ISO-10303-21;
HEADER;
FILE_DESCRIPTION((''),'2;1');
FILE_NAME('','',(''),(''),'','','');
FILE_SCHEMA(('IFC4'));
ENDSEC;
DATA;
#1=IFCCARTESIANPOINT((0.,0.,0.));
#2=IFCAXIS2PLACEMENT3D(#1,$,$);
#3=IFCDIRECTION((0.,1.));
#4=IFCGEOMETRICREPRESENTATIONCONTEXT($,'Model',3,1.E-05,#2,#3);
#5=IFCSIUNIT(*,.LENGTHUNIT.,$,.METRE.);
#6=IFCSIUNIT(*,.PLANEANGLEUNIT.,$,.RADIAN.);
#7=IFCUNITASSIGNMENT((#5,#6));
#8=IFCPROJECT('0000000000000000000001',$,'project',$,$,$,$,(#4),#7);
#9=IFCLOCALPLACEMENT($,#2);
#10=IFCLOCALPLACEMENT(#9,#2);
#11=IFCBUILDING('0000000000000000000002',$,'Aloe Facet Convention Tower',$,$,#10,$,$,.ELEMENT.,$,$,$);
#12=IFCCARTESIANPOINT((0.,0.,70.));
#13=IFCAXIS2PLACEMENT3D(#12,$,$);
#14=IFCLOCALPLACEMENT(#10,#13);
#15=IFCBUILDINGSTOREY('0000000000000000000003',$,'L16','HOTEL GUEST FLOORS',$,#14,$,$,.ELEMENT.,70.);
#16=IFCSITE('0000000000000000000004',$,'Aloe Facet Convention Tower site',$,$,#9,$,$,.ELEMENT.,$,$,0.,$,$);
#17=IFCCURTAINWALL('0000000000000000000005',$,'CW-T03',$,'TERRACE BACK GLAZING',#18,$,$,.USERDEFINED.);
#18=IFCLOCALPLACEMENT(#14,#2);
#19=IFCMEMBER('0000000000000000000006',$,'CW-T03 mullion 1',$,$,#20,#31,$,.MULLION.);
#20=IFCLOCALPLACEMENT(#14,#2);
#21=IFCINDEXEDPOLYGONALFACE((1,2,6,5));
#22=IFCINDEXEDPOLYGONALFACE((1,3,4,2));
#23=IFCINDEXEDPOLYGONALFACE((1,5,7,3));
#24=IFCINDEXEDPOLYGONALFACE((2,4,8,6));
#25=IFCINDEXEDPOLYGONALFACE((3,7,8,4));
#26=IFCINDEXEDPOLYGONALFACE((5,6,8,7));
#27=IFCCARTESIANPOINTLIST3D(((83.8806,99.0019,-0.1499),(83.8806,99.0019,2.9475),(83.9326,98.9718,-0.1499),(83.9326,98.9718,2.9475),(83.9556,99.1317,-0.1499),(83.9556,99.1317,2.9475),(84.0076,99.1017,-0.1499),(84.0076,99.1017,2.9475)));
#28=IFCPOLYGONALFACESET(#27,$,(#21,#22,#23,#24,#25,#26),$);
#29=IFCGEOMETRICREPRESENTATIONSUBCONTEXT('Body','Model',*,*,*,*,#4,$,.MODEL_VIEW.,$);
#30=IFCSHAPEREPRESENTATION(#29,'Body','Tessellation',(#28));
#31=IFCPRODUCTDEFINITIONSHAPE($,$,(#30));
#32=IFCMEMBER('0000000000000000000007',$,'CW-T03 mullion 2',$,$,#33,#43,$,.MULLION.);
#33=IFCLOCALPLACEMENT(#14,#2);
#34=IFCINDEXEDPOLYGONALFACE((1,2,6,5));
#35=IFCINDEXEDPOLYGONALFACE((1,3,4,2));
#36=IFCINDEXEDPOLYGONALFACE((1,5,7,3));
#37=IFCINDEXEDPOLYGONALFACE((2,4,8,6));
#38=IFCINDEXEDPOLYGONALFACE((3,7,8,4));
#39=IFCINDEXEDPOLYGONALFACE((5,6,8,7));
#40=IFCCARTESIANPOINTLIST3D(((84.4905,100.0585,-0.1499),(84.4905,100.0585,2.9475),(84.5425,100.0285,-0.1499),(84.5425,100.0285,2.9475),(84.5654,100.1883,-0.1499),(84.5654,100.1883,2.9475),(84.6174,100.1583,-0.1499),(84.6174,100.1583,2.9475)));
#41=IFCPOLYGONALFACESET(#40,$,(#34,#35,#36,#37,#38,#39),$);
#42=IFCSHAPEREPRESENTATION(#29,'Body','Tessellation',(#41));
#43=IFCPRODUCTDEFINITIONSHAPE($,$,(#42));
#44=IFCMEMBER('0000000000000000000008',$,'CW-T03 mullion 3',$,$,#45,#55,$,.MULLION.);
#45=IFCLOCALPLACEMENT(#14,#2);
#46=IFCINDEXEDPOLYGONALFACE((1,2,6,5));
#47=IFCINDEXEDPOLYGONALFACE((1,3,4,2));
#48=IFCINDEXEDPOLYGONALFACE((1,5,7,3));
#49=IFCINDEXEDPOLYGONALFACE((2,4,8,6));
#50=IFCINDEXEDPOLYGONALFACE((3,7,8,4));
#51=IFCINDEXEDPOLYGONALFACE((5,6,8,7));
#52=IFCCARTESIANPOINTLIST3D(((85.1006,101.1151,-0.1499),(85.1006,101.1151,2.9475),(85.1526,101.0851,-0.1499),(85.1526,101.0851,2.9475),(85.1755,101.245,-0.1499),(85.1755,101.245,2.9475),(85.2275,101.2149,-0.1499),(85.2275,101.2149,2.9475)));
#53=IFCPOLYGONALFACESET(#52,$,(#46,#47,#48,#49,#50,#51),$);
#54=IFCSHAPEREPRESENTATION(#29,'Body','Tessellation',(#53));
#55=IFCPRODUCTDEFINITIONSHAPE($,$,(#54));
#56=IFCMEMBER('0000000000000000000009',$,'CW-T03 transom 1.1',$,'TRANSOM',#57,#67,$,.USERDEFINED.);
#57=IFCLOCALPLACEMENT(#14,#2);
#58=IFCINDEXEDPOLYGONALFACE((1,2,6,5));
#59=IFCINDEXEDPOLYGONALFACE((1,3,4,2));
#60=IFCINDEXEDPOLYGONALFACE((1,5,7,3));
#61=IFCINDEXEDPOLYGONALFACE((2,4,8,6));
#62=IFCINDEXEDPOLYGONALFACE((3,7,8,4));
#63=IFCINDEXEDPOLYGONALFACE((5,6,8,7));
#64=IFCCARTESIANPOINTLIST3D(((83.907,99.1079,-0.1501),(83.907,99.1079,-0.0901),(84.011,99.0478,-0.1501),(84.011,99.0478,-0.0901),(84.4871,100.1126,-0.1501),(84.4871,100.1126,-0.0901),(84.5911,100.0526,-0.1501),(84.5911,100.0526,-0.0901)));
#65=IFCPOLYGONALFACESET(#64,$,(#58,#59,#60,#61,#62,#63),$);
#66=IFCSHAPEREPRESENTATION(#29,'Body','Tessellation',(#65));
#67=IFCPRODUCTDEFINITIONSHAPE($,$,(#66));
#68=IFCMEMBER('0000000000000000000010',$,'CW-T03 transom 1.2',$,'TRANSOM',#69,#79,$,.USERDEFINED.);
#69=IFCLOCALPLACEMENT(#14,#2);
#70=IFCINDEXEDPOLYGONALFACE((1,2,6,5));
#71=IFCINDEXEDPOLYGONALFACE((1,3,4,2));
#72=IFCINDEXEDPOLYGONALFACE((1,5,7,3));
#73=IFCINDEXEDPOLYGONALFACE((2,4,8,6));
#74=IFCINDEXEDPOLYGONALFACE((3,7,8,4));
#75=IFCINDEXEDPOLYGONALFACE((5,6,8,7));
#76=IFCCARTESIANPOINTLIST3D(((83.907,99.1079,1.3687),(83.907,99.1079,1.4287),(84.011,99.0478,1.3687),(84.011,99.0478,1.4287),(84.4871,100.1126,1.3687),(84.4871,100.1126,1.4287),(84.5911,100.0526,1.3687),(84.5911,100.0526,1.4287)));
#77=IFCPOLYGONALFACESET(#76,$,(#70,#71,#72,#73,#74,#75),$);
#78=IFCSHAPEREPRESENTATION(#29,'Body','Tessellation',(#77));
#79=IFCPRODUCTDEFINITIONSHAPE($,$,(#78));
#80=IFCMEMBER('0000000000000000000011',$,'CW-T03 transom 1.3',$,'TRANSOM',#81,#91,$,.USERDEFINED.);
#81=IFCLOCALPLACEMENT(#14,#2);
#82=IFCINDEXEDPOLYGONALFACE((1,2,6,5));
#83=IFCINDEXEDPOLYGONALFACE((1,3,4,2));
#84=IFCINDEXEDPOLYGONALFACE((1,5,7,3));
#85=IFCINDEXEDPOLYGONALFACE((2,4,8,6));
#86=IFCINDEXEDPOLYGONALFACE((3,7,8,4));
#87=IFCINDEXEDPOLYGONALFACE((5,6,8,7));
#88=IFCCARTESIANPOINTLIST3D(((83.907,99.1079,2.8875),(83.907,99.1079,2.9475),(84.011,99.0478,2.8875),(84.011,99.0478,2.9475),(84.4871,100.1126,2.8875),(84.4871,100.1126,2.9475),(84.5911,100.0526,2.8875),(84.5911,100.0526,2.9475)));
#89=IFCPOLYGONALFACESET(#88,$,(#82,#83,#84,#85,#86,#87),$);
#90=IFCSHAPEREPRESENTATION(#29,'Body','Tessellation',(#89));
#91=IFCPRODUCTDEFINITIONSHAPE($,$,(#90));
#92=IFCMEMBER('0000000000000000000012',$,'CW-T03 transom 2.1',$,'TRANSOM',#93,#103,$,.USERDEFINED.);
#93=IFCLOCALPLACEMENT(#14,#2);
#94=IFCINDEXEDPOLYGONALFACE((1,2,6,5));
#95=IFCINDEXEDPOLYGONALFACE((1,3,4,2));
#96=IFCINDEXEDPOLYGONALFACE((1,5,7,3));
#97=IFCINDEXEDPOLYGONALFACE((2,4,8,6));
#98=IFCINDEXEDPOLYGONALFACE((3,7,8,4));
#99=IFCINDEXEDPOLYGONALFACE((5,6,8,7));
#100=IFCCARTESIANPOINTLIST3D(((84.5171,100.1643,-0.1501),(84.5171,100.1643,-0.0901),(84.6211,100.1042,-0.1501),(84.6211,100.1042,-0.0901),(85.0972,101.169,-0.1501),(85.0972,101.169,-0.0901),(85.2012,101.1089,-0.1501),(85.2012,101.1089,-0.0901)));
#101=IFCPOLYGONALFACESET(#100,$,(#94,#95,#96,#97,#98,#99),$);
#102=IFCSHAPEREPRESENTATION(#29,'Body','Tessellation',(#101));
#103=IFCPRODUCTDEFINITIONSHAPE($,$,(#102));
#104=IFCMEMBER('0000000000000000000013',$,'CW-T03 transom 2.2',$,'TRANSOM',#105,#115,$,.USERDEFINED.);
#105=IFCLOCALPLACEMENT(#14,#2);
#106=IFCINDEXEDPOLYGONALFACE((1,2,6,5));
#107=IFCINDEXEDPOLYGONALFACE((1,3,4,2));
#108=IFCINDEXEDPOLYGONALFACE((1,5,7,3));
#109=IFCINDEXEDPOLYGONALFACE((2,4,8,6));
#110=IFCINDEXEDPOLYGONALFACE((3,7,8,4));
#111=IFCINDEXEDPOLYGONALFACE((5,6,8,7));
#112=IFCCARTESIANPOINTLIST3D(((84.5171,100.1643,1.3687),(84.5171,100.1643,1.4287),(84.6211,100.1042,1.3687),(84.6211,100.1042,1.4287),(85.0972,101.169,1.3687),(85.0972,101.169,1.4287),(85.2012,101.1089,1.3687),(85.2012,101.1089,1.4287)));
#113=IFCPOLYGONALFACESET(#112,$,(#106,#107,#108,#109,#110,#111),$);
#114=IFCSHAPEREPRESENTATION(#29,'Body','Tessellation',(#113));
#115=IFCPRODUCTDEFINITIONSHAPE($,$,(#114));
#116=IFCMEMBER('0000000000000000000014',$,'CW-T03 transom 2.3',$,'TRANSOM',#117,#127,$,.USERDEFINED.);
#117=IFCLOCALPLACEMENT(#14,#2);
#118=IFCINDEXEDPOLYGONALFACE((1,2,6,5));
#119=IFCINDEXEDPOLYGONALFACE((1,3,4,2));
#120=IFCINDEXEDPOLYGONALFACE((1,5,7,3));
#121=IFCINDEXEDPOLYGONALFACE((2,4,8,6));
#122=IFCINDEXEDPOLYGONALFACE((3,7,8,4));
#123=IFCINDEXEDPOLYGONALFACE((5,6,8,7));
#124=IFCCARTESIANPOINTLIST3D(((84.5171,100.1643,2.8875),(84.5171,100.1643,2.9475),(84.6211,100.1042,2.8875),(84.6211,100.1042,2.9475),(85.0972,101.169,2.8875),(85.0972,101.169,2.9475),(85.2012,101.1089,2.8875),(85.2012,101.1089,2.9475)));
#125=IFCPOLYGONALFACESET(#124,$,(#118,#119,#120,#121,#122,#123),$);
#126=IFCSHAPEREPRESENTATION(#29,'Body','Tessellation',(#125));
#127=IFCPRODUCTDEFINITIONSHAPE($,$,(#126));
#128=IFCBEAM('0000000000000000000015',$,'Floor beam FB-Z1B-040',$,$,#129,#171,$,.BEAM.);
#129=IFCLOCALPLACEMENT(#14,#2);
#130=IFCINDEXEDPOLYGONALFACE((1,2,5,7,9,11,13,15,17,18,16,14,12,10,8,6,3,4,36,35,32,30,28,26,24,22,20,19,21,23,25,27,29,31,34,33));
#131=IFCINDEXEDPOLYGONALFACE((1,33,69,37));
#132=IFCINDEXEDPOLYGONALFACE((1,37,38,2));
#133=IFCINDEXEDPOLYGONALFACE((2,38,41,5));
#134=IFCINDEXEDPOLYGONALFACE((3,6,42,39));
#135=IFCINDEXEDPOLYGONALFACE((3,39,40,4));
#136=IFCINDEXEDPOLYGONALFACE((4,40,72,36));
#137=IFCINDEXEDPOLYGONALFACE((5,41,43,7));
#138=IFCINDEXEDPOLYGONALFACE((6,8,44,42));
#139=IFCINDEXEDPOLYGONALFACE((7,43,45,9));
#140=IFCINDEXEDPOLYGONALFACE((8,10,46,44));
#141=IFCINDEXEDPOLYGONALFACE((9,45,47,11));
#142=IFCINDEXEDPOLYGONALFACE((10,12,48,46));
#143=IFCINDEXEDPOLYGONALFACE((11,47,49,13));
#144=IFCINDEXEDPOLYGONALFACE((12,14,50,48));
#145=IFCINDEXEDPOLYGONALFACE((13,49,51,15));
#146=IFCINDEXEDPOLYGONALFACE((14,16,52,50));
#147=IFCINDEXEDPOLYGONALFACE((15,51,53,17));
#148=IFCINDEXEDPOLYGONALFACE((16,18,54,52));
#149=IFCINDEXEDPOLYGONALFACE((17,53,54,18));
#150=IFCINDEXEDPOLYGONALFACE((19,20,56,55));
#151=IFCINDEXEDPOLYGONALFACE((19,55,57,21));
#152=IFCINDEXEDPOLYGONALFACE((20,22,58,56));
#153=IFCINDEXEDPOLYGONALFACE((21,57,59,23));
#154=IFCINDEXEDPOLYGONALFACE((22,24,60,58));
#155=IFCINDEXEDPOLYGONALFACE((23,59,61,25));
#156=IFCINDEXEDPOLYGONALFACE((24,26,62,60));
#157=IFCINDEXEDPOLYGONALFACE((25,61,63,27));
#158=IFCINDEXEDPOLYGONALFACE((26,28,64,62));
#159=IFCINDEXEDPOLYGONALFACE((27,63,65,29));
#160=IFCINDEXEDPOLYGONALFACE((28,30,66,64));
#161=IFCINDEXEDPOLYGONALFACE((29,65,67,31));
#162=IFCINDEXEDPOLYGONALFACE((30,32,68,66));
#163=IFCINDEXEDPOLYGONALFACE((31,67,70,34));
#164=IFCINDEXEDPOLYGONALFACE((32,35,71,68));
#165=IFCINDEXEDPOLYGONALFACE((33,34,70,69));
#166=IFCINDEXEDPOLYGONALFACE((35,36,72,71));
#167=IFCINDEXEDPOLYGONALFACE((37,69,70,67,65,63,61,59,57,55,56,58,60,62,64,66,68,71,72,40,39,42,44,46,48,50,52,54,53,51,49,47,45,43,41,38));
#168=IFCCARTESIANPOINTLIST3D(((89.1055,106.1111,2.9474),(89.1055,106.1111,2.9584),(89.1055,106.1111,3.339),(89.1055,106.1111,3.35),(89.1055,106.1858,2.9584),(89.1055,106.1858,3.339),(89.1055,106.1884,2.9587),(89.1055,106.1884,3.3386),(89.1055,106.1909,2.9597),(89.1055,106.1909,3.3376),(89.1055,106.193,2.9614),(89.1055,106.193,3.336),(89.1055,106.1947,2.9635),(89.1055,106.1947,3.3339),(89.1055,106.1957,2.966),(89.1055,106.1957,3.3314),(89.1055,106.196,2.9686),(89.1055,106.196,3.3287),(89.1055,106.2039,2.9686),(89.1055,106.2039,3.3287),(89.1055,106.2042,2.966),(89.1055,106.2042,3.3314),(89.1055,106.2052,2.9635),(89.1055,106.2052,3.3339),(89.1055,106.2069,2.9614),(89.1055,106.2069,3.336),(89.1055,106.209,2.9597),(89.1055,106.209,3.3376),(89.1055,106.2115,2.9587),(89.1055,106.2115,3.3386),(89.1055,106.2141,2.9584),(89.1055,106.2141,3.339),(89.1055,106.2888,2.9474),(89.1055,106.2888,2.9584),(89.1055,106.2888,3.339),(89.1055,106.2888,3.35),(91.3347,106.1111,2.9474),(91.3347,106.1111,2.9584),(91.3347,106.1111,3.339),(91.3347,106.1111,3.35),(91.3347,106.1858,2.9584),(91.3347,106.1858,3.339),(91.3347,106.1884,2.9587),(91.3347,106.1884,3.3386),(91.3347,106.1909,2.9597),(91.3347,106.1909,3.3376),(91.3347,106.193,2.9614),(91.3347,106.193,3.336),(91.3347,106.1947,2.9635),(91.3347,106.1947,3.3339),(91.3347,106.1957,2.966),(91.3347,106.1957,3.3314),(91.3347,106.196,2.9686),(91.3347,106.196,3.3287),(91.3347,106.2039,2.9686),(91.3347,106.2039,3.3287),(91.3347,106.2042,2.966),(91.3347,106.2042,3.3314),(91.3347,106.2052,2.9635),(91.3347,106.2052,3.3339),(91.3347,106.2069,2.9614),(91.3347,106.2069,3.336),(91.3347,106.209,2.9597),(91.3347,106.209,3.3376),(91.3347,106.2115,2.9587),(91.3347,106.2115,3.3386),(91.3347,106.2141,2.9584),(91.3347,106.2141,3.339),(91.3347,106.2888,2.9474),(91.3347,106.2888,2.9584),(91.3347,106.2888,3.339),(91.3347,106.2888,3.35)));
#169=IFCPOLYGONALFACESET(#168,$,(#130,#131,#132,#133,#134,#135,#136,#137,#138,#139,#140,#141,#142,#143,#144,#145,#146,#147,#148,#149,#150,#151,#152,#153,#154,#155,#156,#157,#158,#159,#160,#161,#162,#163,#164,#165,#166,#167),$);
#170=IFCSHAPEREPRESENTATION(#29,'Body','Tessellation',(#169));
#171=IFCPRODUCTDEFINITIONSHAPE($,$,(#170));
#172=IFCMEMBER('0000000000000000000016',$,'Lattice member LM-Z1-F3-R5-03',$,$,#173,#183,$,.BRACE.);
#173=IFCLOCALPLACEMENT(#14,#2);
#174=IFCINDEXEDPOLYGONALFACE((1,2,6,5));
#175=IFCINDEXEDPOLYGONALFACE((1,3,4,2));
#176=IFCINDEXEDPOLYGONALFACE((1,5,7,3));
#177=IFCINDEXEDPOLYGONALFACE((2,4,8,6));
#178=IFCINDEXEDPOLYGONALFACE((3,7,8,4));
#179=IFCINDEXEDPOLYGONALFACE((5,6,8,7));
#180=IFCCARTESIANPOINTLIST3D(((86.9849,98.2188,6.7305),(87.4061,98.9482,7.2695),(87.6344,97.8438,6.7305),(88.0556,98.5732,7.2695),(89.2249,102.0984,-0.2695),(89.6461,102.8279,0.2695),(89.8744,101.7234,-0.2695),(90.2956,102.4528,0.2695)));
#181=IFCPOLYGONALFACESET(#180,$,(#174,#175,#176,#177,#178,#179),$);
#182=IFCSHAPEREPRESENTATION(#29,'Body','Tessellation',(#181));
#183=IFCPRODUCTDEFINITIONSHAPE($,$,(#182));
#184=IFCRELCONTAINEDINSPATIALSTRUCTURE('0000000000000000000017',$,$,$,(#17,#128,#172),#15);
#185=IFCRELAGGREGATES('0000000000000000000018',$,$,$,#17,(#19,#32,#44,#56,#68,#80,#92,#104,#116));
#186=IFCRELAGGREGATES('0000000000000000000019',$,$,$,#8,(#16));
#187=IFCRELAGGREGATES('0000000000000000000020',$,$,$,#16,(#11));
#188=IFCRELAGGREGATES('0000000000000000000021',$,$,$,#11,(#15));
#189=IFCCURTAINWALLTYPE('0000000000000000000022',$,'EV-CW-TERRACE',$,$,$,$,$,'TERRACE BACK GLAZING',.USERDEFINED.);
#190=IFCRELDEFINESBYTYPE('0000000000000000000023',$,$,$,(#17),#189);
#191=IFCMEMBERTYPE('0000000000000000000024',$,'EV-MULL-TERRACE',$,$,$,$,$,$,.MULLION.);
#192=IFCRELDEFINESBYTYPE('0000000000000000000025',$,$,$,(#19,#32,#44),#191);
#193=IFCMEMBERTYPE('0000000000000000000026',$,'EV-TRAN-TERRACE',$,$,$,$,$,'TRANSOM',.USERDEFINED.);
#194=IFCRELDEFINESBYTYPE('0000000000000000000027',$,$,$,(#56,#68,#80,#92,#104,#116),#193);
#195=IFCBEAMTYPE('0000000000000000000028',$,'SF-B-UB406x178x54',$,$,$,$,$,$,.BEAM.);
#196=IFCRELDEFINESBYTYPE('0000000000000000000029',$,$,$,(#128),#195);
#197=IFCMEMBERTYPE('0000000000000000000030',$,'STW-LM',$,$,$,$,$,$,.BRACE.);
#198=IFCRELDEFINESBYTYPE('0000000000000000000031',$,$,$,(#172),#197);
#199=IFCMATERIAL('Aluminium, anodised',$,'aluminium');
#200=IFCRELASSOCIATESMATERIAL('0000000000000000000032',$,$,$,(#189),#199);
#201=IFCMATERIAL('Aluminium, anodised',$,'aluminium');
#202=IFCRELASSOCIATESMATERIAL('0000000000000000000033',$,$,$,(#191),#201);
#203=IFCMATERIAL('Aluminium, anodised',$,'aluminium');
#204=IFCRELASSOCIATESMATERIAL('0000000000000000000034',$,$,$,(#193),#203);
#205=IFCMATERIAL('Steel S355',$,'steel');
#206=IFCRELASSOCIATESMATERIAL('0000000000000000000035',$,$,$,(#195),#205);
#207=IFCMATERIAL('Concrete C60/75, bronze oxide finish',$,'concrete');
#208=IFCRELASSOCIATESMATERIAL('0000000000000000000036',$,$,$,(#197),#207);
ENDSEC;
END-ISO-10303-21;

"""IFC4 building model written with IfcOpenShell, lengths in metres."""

from ifc_helpers import new_model, si_unit, direction, frame, origin, origin_2d, place, context, subcontext, project, spatial, rectangle, i_section, extrude, material, material_profile, profile_set, type_object, element, aggregate, save


model = new_model("IFC4")

# Units and contexts
model_context = context("Model", 3, precision=1e-05, world=origin(), true_north=direction((0.0, 1.0)))
body_context = subcontext(model_context, "Body", "Model", "MODEL_VIEW")
ifc_project = project(units=[si_unit("LENGTHUNIT", "METRE"), si_unit("PLANEANGLEUNIT", "RADIAN")], contexts=[model_context])

# Site, building, storey
site_placement = place(None, origin())
site = spatial("IfcSite", under=ifc_project, at=site_placement, Name="Aloe Facet Convention Tower site", CompositionType="ELEMENT", RefElevation=0.0)
building_placement = place(site_placement, origin())
building = spatial("IfcBuilding", under=site, at=building_placement, Name="Aloe Facet Convention Tower", CompositionType="ELEMENT")
storey_placement = place(building_placement, frame((0.0, 0.0, 70.0)))
storey = spatial("IfcBuildingStorey", under=building, at=storey_placement, Name="L16", Description="HOTEL GUEST FLOORS", CompositionType="ELEMENT", Elevation=70.0)

# Curtain wall, members
ifc_material_1 = material(Name="Aluminium, anodised", Category="aluminium")
curtain_wall_type = type_object("IfcCurtainWallType", Name="EV-CW-TERRACE", ElementType="TERRACE BACK GLAZING", PredefinedType="USERDEFINED", material=ifc_material_1)
curtain_wall_placement = place(storey_placement, origin())
curtain_wall = element("IfcCurtainWall", 1, at=curtain_wall_placement, inside=storey, type_object=curtain_wall_type, Name="CW-T03", ObjectType="TERRACE BACK GLAZING", PredefinedType="USERDEFINED")
ifc_material_2 = material(Name="Aluminium, anodised", Category="aluminium")
ifc_material_profile_1 = material_profile(ifc_material_2, rectangle(XDim=0.0601, YDim=0.1499, at=origin_2d()), Name="AL 60x150")
ifc_profile_set_1 = profile_set([ifc_material_profile_1], Name="Aluminium, anodised")
member_type_1 = type_object("IfcMemberType", Name="EV-MULL-TERRACE", PredefinedType="MULLION", material=ifc_profile_set_1)
member_1_placement = place(storey_placement, frame((83.9441, 99.0518, -0.1499), z_axis=(0.0, 0.0, 1.0), x_axis=(-0.866025, 0.5, 0.0)))
member_1 = element("IfcMember", 2, at=member_1_placement, type_object=member_type_1, Name="CW-T03 mullion 1", PredefinedType="MULLION", context=body_context, shape_type="SweptSolid", body=[
    extrude(rectangle(XDim=0.0601, YDim=0.1499, at=origin_2d()), origin(), (0.0, 0.0, 1.0), 3.0974),
])
member_2_placement = place(storey_placement, frame((84.554, 100.1084, -0.1499), z_axis=(0.0, 0.0, 1.0), x_axis=(-0.866025, 0.5, 0.0)))
member_2 = element("IfcMember", 3, at=member_2_placement, type_object=member_type_1, Name="CW-T03 mullion 2", PredefinedType="MULLION", context=body_context, shape_type="SweptSolid", body=[
    extrude(rectangle(XDim=0.0601, YDim=0.1499, at=origin_2d()), origin(), (0.0, 0.0, 1.0), 3.0974),
])
member_3_placement = place(storey_placement, frame((85.1641, 101.165, -0.1499), z_axis=(0.0, 0.0, 1.0), x_axis=(-0.866025, 0.5, 0.0)))
member_3 = element("IfcMember", 4, at=member_3_placement, type_object=member_type_1, Name="CW-T03 mullion 3", PredefinedType="MULLION", context=body_context, shape_type="SweptSolid", body=[
    extrude(rectangle(XDim=0.0601, YDim=0.1499, at=origin_2d()), origin(), (0.0, 0.0, 1.0), 3.0974),
])
ifc_material_3 = material(Name="Aluminium, anodised", Category="aluminium")
ifc_material_profile_2 = material_profile(ifc_material_3, rectangle(XDim=0.1201, YDim=0.0601, at=origin_2d()), Name="AL 120x60")
ifc_profile_set_2 = profile_set([ifc_material_profile_2], Name="Aluminium, anodised")
member_type_2 = type_object("IfcMemberType", Name="EV-TRAN-TERRACE", ElementType="TRANSOM", PredefinedType="USERDEFINED", material=ifc_profile_set_2)
member_4_placement = place(storey_placement, frame((83.959, 99.0779, -0.1201), z_axis=(0.500032, 0.866007, 0.0), x_axis=(-0.866007, 0.500032, 0.0)))
member_4 = element("IfcMember", 5, at=member_4_placement, type_object=member_type_2, Name="CW-T03 transom 1.1", ObjectType="TRANSOM", PredefinedType="USERDEFINED", context=body_context, shape_type="SweptSolid", body=[
    extrude(rectangle(XDim=0.1201, YDim=0.0601, at=origin_2d()), origin(), (0.0, 0.0, 1.0), 1.1602),
])
member_5_placement = place(storey_placement, frame((83.959, 99.0779, 1.3987), z_axis=(0.500032, 0.866007, 0.0), x_axis=(-0.866007, 0.500032, 0.0)))
member_5 = element("IfcMember", 6, at=member_5_placement, type_object=member_type_2, Name="CW-T03 transom 1.2", ObjectType="TRANSOM", PredefinedType="USERDEFINED", context=body_context, shape_type="SweptSolid", body=[
    extrude(rectangle(XDim=0.1201, YDim=0.0601, at=origin_2d()), origin(), (0.0, 0.0, 1.0), 1.1602),
])
member_6_placement = place(storey_placement, frame((83.959, 99.0779, 2.9175), z_axis=(0.500032, 0.866007, 0.0), x_axis=(-0.866007, 0.500032, 0.0)))
member_6 = element("IfcMember", 7, at=member_6_placement, type_object=member_type_2, Name="CW-T03 transom 1.3", ObjectType="TRANSOM", PredefinedType="USERDEFINED", context=body_context, shape_type="SweptSolid", body=[
    extrude(rectangle(XDim=0.1201, YDim=0.0601, at=origin_2d()), origin(), (0.0, 0.0, 1.0), 1.1602),
])
member_7_placement = place(storey_placement, frame((84.5691, 100.1343, -0.1201), z_axis=(0.500032, 0.866007, 0.0), x_axis=(-0.866007, 0.500032, 0.0)))
member_7 = element("IfcMember", 8, at=member_7_placement, type_object=member_type_2, Name="CW-T03 transom 2.1", ObjectType="TRANSOM", PredefinedType="USERDEFINED", context=body_context, shape_type="SweptSolid", body=[
    extrude(rectangle(XDim=0.1201, YDim=0.0601, at=origin_2d()), origin(), (0.0, 0.0, 1.0), 1.1602),
])
member_8_placement = place(storey_placement, frame((84.5691, 100.1343, 1.3987), z_axis=(0.500032, 0.866007, 0.0), x_axis=(-0.866007, 0.500032, 0.0)))
member_8 = element("IfcMember", 9, at=member_8_placement, type_object=member_type_2, Name="CW-T03 transom 2.2", ObjectType="TRANSOM", PredefinedType="USERDEFINED", context=body_context, shape_type="SweptSolid", body=[
    extrude(rectangle(XDim=0.1201, YDim=0.0601, at=origin_2d()), origin(), (0.0, 0.0, 1.0), 1.1602),
])
member_9_placement = place(storey_placement, frame((84.5691, 100.1343, 2.9175), z_axis=(0.500032, 0.866007, 0.0), x_axis=(-0.866007, 0.500032, 0.0)))
member_9 = element("IfcMember", 10, at=member_9_placement, type_object=member_type_2, Name="CW-T03 transom 2.3", ObjectType="TRANSOM", PredefinedType="USERDEFINED", context=body_context, shape_type="SweptSolid", body=[
    extrude(rectangle(XDim=0.1201, YDim=0.0601, at=origin_2d()), origin(), (0.0, 0.0, 1.0), 1.1602),
])

# Beam
ifc_material_4 = material(Name="Steel S355", Category="steel")
ifc_material_profile_3 = material_profile(ifc_material_4, i_section(OverallWidth=0.1777, OverallDepth=0.4026, WebThickness=0.0078, FlangeThickness=0.011, FilletRadius=0.0103, at=origin_2d()), Name="UB 406x178x54")
ifc_profile_set_3 = profile_set([ifc_material_profile_3], Name="Steel S355")
beam_type = type_object("IfcBeamType", Name="SF-B-UB406x178x54", PredefinedType="BEAM", material=ifc_profile_set_3)
beam_placement = place(storey_placement, frame((89.1055, 106.2, 3.1487), z_axis=(1.0, 0.0, 0.0), x_axis=(0.0, 1.0, 0.0)))
element("IfcBeam", 11, at=beam_placement, inside=storey, type_object=beam_type, Name="Floor beam FB-Z1B-040", PredefinedType="BEAM", context=body_context, shape_type="SweptSolid", body=[
    extrude(i_section(OverallWidth=0.1777, OverallDepth=0.4026, WebThickness=0.0078, FlangeThickness=0.011, FilletRadius=0.0103, at=origin_2d()), origin(), (0.0, 0.0, 1.0), 2.2292),
])

# Member
ifc_material_5 = material(Name="Concrete C60/75, bronze oxide finish", Category="concrete")
ifc_material_profile_4 = material_profile(ifc_material_5, rectangle(XDim=0.75, YDim=1.0, at=origin_2d()), Name="STW-LM")
ifc_profile_set_4 = profile_set([ifc_material_profile_4], Name="Concrete C60/75, bronze oxide finish")
member_type_3 = type_object("IfcMemberType", Name="STW-LM", PredefinedType="BRACE", material=ifc_profile_set_4)
for number, where, z_axis, x_axis, name in (
    (12, (89.7603, 102.2756, 0.0), (-0.269528, -0.46682, 0.842279), (0.866018, -0.500013, 0.0), "Lattice member LM-Z1-F3-R5-03"),
):
    element("IfcMember", number, at=place(storey_placement, frame(where, z_axis=z_axis, x_axis=x_axis)), inside=storey, type_object=member_type_3, Name=name, PredefinedType="BRACE", context=body_context, shape_type="SweptSolid", body=[
        extrude(rectangle(XDim=0.75, YDim=1.0, at=origin_2d()), origin(), (0.0, 0.0, 1.0), 8.3108),
    ])

aggregate(curtain_wall, [member_1, member_2, member_3, member_4, member_5, member_6, member_7, member_8, member_9])

save(model, "model.ifc")
